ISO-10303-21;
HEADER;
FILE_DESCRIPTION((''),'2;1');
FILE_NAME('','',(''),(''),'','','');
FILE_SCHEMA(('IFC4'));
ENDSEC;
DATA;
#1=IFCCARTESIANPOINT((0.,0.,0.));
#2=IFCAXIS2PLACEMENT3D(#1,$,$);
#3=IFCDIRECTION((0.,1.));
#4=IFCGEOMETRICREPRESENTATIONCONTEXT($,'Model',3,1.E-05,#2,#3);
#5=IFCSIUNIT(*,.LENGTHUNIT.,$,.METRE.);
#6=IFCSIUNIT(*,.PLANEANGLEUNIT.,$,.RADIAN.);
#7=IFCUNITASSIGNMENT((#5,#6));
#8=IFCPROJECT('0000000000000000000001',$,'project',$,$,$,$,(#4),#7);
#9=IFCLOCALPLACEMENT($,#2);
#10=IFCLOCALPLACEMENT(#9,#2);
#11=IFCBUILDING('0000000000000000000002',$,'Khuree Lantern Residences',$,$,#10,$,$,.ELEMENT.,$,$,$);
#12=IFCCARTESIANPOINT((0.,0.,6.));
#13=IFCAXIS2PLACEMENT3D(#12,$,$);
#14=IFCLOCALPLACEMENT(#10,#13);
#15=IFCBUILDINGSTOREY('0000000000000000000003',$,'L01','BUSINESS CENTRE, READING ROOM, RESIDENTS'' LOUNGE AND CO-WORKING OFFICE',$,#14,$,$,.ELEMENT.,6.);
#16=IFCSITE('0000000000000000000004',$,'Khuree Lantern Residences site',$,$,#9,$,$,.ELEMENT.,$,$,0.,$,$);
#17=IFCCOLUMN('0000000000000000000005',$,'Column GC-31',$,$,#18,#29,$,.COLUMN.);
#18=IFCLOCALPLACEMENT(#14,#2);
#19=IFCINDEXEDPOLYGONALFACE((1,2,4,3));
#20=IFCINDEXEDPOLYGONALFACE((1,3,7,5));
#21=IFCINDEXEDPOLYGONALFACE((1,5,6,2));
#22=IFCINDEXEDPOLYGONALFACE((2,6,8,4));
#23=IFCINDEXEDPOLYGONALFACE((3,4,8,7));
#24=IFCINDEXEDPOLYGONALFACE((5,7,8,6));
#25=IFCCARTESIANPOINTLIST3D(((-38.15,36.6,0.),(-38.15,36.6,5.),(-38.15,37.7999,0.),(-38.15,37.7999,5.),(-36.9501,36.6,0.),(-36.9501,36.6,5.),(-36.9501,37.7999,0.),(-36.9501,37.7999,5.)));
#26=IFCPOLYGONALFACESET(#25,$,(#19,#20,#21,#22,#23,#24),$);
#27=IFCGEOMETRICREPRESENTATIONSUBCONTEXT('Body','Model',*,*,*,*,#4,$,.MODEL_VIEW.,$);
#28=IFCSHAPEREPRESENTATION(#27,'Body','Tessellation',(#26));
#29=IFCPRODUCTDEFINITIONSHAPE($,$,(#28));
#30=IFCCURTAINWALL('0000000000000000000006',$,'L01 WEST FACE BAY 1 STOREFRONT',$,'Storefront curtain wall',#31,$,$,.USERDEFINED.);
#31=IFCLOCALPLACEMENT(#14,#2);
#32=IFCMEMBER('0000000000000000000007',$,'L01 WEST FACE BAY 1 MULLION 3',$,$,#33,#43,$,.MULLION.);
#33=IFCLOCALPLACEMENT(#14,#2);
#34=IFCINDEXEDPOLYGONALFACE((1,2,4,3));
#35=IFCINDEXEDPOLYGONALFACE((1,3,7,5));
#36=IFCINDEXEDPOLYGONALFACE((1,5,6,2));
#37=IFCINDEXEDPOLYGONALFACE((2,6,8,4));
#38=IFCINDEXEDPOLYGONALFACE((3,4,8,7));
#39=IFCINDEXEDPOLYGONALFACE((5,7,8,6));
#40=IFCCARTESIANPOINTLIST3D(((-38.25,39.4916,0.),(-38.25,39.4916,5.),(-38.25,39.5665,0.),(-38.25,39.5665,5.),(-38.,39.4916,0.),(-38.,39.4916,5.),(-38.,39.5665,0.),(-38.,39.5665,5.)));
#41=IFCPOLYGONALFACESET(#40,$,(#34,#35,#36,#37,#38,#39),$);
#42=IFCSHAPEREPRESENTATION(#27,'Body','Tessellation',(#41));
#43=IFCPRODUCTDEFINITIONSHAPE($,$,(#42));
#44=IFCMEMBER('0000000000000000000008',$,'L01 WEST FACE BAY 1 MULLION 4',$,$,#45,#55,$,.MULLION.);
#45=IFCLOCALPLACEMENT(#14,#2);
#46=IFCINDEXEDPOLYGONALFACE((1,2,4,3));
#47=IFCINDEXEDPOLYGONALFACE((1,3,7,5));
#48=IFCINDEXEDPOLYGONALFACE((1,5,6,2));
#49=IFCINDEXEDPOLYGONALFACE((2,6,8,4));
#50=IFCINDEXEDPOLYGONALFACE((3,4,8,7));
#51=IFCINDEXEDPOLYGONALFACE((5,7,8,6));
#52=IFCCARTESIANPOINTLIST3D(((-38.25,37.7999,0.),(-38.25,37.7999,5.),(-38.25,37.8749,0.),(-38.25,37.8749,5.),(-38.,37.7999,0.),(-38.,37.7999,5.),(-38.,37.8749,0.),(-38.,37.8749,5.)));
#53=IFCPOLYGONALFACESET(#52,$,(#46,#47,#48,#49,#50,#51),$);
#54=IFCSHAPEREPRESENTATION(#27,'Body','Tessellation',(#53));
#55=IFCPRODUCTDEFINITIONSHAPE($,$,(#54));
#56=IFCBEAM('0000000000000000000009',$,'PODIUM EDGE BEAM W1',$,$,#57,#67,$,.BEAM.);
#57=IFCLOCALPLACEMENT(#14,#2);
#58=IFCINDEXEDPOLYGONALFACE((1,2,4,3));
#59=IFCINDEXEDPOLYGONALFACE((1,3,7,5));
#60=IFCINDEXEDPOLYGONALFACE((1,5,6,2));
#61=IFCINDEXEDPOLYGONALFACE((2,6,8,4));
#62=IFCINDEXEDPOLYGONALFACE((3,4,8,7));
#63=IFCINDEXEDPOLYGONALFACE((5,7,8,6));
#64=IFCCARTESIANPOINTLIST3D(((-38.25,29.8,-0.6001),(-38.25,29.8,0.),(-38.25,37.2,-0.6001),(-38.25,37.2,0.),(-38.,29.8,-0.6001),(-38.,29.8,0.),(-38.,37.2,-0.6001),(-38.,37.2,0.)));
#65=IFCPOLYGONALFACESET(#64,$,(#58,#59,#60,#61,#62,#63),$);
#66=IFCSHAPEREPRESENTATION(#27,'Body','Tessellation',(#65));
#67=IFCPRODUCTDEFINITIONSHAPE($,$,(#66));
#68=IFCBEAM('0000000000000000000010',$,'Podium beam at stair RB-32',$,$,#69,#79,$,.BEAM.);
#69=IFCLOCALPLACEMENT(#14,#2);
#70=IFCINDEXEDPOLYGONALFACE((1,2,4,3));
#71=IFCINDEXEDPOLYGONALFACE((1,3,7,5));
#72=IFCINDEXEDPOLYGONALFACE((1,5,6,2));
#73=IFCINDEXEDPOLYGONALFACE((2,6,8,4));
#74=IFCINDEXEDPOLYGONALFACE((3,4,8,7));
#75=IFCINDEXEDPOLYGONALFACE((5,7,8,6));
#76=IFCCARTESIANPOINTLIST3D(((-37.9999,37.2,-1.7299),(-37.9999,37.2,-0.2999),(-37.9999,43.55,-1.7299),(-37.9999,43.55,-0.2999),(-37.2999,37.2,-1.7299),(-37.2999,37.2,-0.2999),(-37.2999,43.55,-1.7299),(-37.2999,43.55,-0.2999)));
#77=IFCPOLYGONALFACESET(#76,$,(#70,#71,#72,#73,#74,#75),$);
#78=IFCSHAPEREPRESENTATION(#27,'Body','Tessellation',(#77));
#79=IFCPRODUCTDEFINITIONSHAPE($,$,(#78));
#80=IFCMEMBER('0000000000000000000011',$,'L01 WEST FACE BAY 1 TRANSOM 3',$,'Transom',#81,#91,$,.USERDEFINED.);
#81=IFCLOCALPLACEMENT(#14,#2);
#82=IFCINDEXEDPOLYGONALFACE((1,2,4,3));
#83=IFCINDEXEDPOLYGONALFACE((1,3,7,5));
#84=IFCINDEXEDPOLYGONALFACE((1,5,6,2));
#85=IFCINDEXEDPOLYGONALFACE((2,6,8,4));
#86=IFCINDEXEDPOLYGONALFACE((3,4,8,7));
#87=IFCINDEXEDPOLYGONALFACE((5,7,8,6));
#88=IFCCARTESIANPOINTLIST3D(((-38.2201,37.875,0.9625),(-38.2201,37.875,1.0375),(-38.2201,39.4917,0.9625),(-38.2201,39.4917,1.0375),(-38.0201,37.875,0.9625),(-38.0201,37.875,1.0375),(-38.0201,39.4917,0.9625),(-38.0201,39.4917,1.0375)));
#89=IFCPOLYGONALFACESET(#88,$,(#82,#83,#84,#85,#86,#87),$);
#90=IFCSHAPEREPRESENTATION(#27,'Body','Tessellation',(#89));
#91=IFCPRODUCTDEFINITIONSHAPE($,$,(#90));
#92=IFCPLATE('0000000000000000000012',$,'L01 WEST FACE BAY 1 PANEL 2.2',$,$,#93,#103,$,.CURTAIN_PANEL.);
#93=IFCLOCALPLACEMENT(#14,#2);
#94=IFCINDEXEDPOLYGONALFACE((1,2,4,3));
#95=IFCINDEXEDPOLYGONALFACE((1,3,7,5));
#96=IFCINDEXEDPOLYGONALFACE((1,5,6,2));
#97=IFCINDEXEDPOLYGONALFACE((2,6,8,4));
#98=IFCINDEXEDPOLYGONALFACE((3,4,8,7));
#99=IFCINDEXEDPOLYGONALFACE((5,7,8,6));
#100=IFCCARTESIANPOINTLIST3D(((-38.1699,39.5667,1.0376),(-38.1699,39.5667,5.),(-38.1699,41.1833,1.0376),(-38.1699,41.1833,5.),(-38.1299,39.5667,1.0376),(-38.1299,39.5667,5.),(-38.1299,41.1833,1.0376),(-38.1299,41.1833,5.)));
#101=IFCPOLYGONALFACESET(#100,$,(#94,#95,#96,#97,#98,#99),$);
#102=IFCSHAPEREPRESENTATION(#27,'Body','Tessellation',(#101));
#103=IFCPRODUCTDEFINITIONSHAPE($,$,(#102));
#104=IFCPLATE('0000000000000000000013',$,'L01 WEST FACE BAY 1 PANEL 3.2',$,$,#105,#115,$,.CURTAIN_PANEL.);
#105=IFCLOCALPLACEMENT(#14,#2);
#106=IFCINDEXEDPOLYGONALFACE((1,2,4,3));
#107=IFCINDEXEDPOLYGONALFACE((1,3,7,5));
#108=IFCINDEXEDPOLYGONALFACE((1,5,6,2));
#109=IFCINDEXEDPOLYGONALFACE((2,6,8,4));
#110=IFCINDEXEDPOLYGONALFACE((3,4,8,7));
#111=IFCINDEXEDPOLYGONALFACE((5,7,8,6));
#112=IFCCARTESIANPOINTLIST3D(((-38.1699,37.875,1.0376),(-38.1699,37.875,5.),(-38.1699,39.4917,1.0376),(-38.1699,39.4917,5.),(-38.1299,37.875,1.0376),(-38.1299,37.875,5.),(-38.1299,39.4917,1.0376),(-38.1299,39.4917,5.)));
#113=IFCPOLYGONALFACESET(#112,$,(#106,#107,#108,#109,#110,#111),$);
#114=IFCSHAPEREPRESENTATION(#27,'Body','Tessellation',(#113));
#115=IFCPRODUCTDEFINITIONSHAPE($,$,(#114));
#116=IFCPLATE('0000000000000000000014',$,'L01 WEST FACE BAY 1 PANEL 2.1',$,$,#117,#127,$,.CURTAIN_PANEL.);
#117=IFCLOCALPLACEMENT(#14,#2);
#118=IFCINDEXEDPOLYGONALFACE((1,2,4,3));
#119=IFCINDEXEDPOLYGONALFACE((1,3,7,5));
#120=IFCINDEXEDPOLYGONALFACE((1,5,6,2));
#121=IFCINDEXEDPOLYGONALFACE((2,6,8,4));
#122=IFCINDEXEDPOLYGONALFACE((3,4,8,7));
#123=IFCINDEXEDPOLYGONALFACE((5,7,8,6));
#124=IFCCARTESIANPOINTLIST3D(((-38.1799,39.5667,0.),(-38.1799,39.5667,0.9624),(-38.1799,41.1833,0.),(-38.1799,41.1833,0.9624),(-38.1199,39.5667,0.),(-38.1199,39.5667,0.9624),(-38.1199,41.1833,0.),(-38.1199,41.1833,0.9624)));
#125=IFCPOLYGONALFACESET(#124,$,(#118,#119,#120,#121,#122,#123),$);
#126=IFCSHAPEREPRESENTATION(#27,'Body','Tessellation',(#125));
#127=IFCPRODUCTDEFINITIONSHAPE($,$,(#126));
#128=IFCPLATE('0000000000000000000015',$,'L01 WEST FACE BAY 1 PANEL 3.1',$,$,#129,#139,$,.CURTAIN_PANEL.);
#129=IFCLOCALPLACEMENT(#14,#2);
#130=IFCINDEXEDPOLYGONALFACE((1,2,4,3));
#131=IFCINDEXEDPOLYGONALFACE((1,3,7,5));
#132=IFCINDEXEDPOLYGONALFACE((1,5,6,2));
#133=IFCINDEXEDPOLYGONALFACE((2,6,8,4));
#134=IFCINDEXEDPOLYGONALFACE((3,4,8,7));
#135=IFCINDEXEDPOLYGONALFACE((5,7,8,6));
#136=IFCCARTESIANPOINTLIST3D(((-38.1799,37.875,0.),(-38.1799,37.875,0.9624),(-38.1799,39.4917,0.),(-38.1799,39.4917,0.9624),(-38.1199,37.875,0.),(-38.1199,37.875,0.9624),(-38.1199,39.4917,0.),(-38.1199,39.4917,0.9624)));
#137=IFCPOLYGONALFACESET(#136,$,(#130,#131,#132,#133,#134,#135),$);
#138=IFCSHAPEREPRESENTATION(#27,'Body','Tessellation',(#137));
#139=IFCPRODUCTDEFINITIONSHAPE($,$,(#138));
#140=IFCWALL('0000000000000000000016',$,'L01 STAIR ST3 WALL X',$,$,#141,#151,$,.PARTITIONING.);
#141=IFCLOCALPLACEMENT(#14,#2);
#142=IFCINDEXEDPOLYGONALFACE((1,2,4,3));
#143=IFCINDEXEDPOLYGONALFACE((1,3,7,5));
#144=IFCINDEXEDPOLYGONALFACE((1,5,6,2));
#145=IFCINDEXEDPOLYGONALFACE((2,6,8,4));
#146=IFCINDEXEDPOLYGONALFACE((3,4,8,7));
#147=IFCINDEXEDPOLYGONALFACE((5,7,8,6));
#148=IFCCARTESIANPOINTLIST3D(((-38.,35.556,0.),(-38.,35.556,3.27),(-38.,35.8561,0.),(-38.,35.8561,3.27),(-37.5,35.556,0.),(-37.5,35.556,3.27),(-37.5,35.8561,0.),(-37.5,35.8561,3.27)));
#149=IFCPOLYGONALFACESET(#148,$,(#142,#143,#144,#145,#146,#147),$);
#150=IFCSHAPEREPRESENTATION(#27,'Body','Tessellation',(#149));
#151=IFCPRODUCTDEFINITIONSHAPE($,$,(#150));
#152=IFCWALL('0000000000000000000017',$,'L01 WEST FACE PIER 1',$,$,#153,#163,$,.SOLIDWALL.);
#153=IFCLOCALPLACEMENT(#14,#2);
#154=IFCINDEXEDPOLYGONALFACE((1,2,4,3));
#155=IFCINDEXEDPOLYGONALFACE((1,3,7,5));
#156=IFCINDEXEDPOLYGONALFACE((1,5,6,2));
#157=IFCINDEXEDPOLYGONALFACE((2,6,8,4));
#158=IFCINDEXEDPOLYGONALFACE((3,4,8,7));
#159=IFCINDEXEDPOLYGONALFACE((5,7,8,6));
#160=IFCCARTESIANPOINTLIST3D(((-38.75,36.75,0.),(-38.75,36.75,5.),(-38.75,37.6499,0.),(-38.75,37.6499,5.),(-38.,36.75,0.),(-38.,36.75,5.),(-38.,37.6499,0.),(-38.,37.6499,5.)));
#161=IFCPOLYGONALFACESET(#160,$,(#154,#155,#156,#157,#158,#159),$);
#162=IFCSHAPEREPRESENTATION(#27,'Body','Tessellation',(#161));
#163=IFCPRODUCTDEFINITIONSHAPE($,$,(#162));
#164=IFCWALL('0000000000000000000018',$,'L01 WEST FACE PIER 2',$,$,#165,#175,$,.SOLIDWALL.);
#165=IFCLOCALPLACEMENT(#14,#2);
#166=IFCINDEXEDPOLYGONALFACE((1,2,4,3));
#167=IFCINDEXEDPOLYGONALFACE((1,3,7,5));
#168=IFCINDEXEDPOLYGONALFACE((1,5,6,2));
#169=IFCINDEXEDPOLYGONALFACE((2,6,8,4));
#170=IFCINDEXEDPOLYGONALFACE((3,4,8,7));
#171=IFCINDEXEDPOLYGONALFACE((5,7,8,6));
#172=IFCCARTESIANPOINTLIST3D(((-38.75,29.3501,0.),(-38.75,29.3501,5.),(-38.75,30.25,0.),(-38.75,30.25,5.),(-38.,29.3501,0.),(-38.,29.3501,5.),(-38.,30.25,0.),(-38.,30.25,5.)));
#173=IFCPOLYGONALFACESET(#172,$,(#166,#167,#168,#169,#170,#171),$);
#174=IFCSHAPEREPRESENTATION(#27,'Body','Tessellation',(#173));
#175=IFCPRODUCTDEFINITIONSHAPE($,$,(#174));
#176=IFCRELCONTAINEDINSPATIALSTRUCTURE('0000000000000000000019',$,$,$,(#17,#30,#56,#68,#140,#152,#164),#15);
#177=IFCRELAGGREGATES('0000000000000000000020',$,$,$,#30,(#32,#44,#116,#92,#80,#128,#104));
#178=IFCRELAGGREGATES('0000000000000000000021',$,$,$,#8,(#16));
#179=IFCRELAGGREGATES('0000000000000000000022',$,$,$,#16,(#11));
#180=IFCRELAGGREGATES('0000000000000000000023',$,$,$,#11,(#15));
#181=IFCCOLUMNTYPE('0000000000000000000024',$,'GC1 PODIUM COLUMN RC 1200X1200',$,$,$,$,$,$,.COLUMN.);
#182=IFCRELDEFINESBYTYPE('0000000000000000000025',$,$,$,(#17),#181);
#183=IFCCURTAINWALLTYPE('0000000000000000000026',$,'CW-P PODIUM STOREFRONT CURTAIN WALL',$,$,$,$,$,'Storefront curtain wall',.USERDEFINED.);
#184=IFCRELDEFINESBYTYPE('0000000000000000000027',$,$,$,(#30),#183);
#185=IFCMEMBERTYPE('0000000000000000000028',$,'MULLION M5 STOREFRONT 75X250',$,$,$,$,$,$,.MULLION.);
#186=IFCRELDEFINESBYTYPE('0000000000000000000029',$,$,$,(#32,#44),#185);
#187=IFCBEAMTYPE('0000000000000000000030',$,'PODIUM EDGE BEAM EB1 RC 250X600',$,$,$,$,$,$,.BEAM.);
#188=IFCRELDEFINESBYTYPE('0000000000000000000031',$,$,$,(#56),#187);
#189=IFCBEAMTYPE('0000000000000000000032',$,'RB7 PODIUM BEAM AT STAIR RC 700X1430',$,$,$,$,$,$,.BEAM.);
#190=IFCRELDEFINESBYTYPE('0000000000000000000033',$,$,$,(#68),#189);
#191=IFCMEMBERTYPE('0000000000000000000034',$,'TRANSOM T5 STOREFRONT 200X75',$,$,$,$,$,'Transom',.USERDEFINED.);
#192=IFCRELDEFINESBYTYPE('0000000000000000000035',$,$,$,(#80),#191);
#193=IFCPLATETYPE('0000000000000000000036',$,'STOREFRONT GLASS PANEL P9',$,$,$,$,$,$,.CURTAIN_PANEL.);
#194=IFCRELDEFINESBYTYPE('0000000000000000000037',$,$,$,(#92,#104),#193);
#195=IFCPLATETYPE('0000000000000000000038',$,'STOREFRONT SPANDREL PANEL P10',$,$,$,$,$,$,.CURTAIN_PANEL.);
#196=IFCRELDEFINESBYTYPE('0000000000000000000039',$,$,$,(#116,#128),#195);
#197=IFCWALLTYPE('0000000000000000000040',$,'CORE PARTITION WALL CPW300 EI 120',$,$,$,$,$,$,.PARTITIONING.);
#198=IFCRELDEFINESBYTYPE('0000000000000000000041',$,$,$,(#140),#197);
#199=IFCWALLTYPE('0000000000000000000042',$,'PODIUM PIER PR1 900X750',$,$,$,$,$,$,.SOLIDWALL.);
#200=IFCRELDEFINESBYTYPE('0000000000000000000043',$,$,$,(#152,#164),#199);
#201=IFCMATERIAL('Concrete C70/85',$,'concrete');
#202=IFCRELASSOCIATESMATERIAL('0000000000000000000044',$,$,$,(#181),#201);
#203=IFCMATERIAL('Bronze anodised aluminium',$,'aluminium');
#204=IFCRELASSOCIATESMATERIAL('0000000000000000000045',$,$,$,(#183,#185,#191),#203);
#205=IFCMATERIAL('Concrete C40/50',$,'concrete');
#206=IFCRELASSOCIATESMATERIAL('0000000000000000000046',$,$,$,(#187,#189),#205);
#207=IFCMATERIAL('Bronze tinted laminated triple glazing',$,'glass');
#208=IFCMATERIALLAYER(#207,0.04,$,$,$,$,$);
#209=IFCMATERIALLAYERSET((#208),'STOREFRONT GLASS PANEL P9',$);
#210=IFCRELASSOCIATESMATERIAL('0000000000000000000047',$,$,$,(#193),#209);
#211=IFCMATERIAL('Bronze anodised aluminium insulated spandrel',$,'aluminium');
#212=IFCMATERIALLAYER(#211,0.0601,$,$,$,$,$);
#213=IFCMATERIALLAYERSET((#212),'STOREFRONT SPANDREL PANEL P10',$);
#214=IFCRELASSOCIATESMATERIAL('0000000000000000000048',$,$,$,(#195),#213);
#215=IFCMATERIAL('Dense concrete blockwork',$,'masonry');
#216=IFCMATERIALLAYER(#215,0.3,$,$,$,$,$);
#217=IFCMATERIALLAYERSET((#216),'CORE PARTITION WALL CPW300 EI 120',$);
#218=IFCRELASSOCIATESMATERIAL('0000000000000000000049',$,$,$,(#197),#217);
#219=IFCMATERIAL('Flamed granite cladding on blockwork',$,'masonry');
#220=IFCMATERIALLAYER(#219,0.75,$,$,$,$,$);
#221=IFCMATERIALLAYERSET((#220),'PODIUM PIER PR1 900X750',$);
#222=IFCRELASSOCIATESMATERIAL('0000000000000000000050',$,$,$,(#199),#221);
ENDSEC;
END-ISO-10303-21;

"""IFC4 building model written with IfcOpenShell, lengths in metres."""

from ifc_helpers import new_model, si_unit, direction, frame, frame_2d, origin, origin_2d, place, context, subcontext, project, spatial, rectangle, extrude, material, layer, layer_set, material_profile, profile_set, type_object, element, aggregate, save


model = new_model("IFC4")

# Units and contexts
model_context = context("Model", 3, precision=1e-05, world=origin(), true_north=direction((0.0, 1.0)))
body_context = subcontext(model_context, "Body", "Model", "MODEL_VIEW")
ifc_project = project(units=[si_unit("LENGTHUNIT", "METRE"), si_unit("PLANEANGLEUNIT", "RADIAN")], contexts=[model_context])

# Site, building, storey
site_placement = place(None, origin())
site = spatial("IfcSite", under=ifc_project, at=site_placement, Name="Khuree Lantern Residences site", CompositionType="ELEMENT", RefElevation=0.0)
building_placement = place(site_placement, origin())
building = spatial("IfcBuilding", under=site, at=building_placement, Name="Khuree Lantern Residences", CompositionType="ELEMENT")
storey_placement = place(building_placement, frame((0.0, 0.0, 6.0)))
storey = spatial("IfcBuildingStorey", under=building, at=storey_placement, Name="L01", Description="BUSINESS CENTRE, READING ROOM, RESIDENTS' LOUNGE AND CO-WORKING OFFICE", CompositionType="ELEMENT", Elevation=6.0)

# Column
ifc_material_1 = material(Name="Concrete C70/85", Category="concrete")
ifc_material_profile_1 = material_profile(ifc_material_1, rectangle(XDim=1.2, YDim=1.2, at=origin_2d()), Name="RC 1200X1200")
ifc_profile_set_1 = profile_set([ifc_material_profile_1], Name="Concrete C70/85")
column_type = type_object("IfcColumnType", Name="GC1 PODIUM COLUMN RC 1200X1200", PredefinedType="COLUMN", material=ifc_profile_set_1)
column_placement = place(storey_placement, frame((-37.55, 37.2, 0.0), z_axis=(0.0, 0.0, 1.0), x_axis=(1.0, 0.0, 0.0)))
element("IfcColumn", 1, at=column_placement, inside=storey, type_object=column_type, Name="Column GC-31", PredefinedType="COLUMN", context=body_context, shape_type="SweptSolid", body=[
    extrude(rectangle(XDim=1.2, YDim=1.2, at=origin_2d()), origin(), (0.0, 0.0, 1.0), 5.0),
])

# Curtain wall, members
ifc_material_2 = material(Name="Bronze anodised aluminium", Category="aluminium")
curtain_wall_type = type_object("IfcCurtainWallType", Name="CW-P PODIUM STOREFRONT CURTAIN WALL", ElementType="Storefront curtain wall", PredefinedType="USERDEFINED", material=ifc_material_2)
curtain_wall_placement = place(storey_placement, origin())
curtain_wall = element("IfcCurtainWall", 2, at=curtain_wall_placement, inside=storey, type_object=curtain_wall_type, Name="L01 WEST FACE BAY 1 STOREFRONT", ObjectType="Storefront curtain wall", PredefinedType="USERDEFINED")
ifc_material_profile_2 = material_profile(ifc_material_2, rectangle(XDim=0.075, YDim=0.25, at=origin_2d()), Name="M5 75X250")
ifc_profile_set_2 = profile_set([ifc_material_profile_2], Name="Bronze anodised aluminium")
member_type_1 = type_object("IfcMemberType", Name="MULLION M5 STOREFRONT 75X250", PredefinedType="MULLION", material=ifc_profile_set_2)
member_1_placement = place(storey_placement, frame((-38.125, 39.5291, 0.0), z_axis=(0.0, 0.0, 1.0), x_axis=(0.0, -1.0, 0.0)))
member_1 = element("IfcMember", 3, at=member_1_placement, type_object=member_type_1, Name="L01 WEST FACE BAY 1 MULLION 3", PredefinedType="MULLION", context=body_context, shape_type="SweptSolid", body=[
    extrude(rectangle(XDim=0.075, YDim=0.25, at=origin_2d()), origin(), (0.0, 0.0, 1.0), 5.0),
])
member_2_placement = place(storey_placement, frame((-38.125, 37.8374, 0.0), z_axis=(0.0, 0.0, 1.0), x_axis=(0.0, -1.0, 0.0)))
member_2 = element("IfcMember", 4, at=member_2_placement, type_object=member_type_1, Name="L01 WEST FACE BAY 1 MULLION 4", PredefinedType="MULLION", context=body_context, shape_type="SweptSolid", body=[
    extrude(rectangle(XDim=0.075, YDim=0.25, at=origin_2d()), origin(), (0.0, 0.0, 1.0), 5.0),
])

# Beams
ifc_material_3 = material(Name="Concrete C40/50", Category="concrete")
ifc_material_profile_3 = material_profile(ifc_material_3, rectangle(XDim=0.25, YDim=0.6001, at=origin_2d()), Name="RC 250X600")
ifc_profile_set_3 = profile_set([ifc_material_profile_3], Name="Concrete C40/50")
beam_type_1 = type_object("IfcBeamType", Name="PODIUM EDGE BEAM EB1 RC 250X600", PredefinedType="BEAM", material=ifc_profile_set_3)
beam_1_placement = place(storey_placement, frame((-38.125, 37.2, -0.3), z_axis=(0.0, -1.0, 0.0), x_axis=(1.0, 0.0, 0.0)))
element("IfcBeam", 5, at=beam_1_placement, inside=storey, type_object=beam_type_1, Name="PODIUM EDGE BEAM W1", PredefinedType="BEAM", context=body_context, shape_type="SweptSolid", body=[
    extrude(rectangle(XDim=0.25, YDim=0.6001, at=origin_2d()), origin(), (0.0, 0.0, 1.0), 7.3999),
])
ifc_material_profile_4 = material_profile(ifc_material_3, rectangle(XDim=0.7, YDim=1.4299, at=origin_2d()), Name="RC 700X1430")
ifc_profile_set_4 = profile_set([ifc_material_profile_4], Name="Concrete C40/50")
beam_type_2 = type_object("IfcBeamType", Name="RB7 PODIUM BEAM AT STAIR RC 700X1430", PredefinedType="BEAM", material=ifc_profile_set_4)
beam_2_placement = place(storey_placement, frame((-37.6499, 37.2, -1.0149), z_axis=(0.0, 1.0, 0.0), x_axis=(-1.0, 0.0, 0.0)))
element("IfcBeam", 6, at=beam_2_placement, inside=storey, type_object=beam_type_2, Name="Podium beam at stair RB-32", PredefinedType="BEAM", context=body_context, shape_type="SweptSolid", body=[
    extrude(rectangle(XDim=0.7, YDim=1.4299, at=origin_2d()), origin(), (0.0, 0.0, 1.0), 6.3501),
])

# Member
ifc_material_profile_5 = material_profile(ifc_material_2, rectangle(XDim=0.2, YDim=0.075, at=origin_2d()), Name="T5 200X75")
ifc_profile_set_5 = profile_set([ifc_material_profile_5], Name="Bronze anodised aluminium")
member_type_2 = type_object("IfcMemberType", Name="TRANSOM T5 STOREFRONT 200X75", ElementType="Transom", PredefinedType="USERDEFINED", material=ifc_profile_set_5)
member_3_placement = place(storey_placement, frame((-38.1201, 39.4917, 1.0), z_axis=(0.0, -1.0, 0.0), x_axis=(1.0, 0.0, 0.0)))
member_3 = element("IfcMember", 7, at=member_3_placement, type_object=member_type_2, Name="L01 WEST FACE BAY 1 TRANSOM 3", ObjectType="Transom", PredefinedType="USERDEFINED", context=body_context, shape_type="SweptSolid", body=[
    extrude(rectangle(XDim=0.2, YDim=0.075, at=origin_2d()), origin(), (0.0, 0.0, 1.0), 1.6167),
])

# Plates
ifc_material_4 = material(Name="Bronze tinted laminated triple glazing", Category="glass")
ifc_layer_1 = layer(ifc_material_4, 0.04)
ifc_layer_set_1 = layer_set([ifc_layer_1], Name="STOREFRONT GLASS PANEL P9")
plate_type_1 = type_object("IfcPlateType", Name="STOREFRONT GLASS PANEL P9", PredefinedType="CURTAIN_PANEL", material=ifc_layer_set_1)
plate_1_placement = place(storey_placement, frame((-38.1499, 40.375, 1.0376), z_axis=(0.0, 0.0, 1.0), x_axis=(0.0, -1.0, 0.0)))
plate_1 = element("IfcPlate", 8, at=plate_1_placement, type_object=plate_type_1, Name="L01 WEST FACE BAY 1 PANEL 2.2", PredefinedType="CURTAIN_PANEL", context=body_context, shape_type="SweptSolid", body=[
    extrude(rectangle(XDim=1.6167, YDim=0.04, at=origin_2d()), origin(), (0.0, 0.0, 1.0), 3.9624),
])
plate_2_placement = place(storey_placement, frame((-38.1499, 38.6833, 1.0376), z_axis=(0.0, 0.0, 1.0), x_axis=(0.0, -1.0, 0.0)))
plate_2 = element("IfcPlate", 9, at=plate_2_placement, type_object=plate_type_1, Name="L01 WEST FACE BAY 1 PANEL 3.2", PredefinedType="CURTAIN_PANEL", context=body_context, shape_type="SweptSolid", body=[
    extrude(rectangle(XDim=1.6167, YDim=0.04, at=origin_2d()), origin(), (0.0, 0.0, 1.0), 3.9624),
])
ifc_material_5 = material(Name="Bronze anodised aluminium insulated spandrel", Category="aluminium")
ifc_layer_2 = layer(ifc_material_5, 0.0601)
ifc_layer_set_2 = layer_set([ifc_layer_2], Name="STOREFRONT SPANDREL PANEL P10")
plate_type_2 = type_object("IfcPlateType", Name="STOREFRONT SPANDREL PANEL P10", PredefinedType="CURTAIN_PANEL", material=ifc_layer_set_2)
plate_3_placement = place(storey_placement, frame((-38.1499, 40.375, 0.0), z_axis=(0.0, 0.0, 1.0), x_axis=(0.0, -1.0, 0.0)))
plate_3 = element("IfcPlate", 10, at=plate_3_placement, type_object=plate_type_2, Name="L01 WEST FACE BAY 1 PANEL 2.1", PredefinedType="CURTAIN_PANEL", context=body_context, shape_type="SweptSolid", body=[
    extrude(rectangle(XDim=1.6167, YDim=0.0601, at=origin_2d()), origin(), (0.0, 0.0, 1.0), 0.9624),
])
plate_4_placement = place(storey_placement, frame((-38.1499, 38.6833, 0.0), z_axis=(0.0, 0.0, 1.0), x_axis=(0.0, -1.0, 0.0)))
plate_4 = element("IfcPlate", 11, at=plate_4_placement, type_object=plate_type_2, Name="L01 WEST FACE BAY 1 PANEL 3.1", PredefinedType="CURTAIN_PANEL", context=body_context, shape_type="SweptSolid", body=[
    extrude(rectangle(XDim=1.6167, YDim=0.0601, at=origin_2d()), origin(), (0.0, 0.0, 1.0), 0.9624),
])
aggregate(curtain_wall, [member_1, member_2, plate_3, plate_1, member_3, plate_4, plate_2])

# Walls
ifc_material_6 = material(Name="Dense concrete blockwork", Category="masonry")
ifc_layer_3 = layer(ifc_material_6, 0.3)
ifc_layer_set_3 = layer_set([ifc_layer_3], Name="CORE PARTITION WALL CPW300 EI 120")
wall_type_1 = type_object("IfcWallType", Name="CORE PARTITION WALL CPW300 EI 120", PredefinedType="PARTITIONING", material=ifc_layer_set_3)
wall_1_placement = place(storey_placement, frame((-38.0, 35.7061, 0.0), z_axis=(0.0, 0.0, 1.0), x_axis=(1.0, 0.0, 0.0)))
element("IfcWall", 12, at=wall_1_placement, inside=storey, type_object=wall_type_1, Name="L01 STAIR ST3 WALL X", PredefinedType="PARTITIONING", context=body_context, shape_type="SweptSolid", body=[
    extrude(rectangle(XDim=0.5, YDim=0.3, at=frame_2d((0.25, 0.0))), origin(), (0.0, 0.0, 1.0), 3.27),
])
ifc_material_7 = material(Name="Flamed granite cladding on blockwork", Category="masonry")
ifc_layer_4 = layer(ifc_material_7, 0.75)
ifc_layer_set_4 = layer_set([ifc_layer_4], Name="PODIUM PIER PR1 900X750")
wall_type_2 = type_object("IfcWallType", Name="PODIUM PIER PR1 900X750", PredefinedType="SOLIDWALL", material=ifc_layer_set_4)
for number, where, z_axis, x_axis, name in (
    (13, (-38.375, 37.6499, 0.0), (0.0, 0.0, 1.0), (0.0, -1.0, 0.0), "L01 WEST FACE PIER 1"),
    (14, (-38.375, 30.25, 0.0), (0.0, 0.0, 1.0), (0.0, -1.0, 0.0), "L01 WEST FACE PIER 2"),
):
    element("IfcWall", number, at=place(storey_placement, frame(where, z_axis=z_axis, x_axis=x_axis)), inside=storey, type_object=wall_type_2, Name=name, PredefinedType="SOLIDWALL", context=body_context, shape_type="SweptSolid", body=[
        extrude(rectangle(XDim=0.8999, YDim=0.75, at=frame_2d((0.45, 0.0))), origin(), (0.0, 0.0, 1.0), 5.0),
    ])

save(model, "model.ifc")
